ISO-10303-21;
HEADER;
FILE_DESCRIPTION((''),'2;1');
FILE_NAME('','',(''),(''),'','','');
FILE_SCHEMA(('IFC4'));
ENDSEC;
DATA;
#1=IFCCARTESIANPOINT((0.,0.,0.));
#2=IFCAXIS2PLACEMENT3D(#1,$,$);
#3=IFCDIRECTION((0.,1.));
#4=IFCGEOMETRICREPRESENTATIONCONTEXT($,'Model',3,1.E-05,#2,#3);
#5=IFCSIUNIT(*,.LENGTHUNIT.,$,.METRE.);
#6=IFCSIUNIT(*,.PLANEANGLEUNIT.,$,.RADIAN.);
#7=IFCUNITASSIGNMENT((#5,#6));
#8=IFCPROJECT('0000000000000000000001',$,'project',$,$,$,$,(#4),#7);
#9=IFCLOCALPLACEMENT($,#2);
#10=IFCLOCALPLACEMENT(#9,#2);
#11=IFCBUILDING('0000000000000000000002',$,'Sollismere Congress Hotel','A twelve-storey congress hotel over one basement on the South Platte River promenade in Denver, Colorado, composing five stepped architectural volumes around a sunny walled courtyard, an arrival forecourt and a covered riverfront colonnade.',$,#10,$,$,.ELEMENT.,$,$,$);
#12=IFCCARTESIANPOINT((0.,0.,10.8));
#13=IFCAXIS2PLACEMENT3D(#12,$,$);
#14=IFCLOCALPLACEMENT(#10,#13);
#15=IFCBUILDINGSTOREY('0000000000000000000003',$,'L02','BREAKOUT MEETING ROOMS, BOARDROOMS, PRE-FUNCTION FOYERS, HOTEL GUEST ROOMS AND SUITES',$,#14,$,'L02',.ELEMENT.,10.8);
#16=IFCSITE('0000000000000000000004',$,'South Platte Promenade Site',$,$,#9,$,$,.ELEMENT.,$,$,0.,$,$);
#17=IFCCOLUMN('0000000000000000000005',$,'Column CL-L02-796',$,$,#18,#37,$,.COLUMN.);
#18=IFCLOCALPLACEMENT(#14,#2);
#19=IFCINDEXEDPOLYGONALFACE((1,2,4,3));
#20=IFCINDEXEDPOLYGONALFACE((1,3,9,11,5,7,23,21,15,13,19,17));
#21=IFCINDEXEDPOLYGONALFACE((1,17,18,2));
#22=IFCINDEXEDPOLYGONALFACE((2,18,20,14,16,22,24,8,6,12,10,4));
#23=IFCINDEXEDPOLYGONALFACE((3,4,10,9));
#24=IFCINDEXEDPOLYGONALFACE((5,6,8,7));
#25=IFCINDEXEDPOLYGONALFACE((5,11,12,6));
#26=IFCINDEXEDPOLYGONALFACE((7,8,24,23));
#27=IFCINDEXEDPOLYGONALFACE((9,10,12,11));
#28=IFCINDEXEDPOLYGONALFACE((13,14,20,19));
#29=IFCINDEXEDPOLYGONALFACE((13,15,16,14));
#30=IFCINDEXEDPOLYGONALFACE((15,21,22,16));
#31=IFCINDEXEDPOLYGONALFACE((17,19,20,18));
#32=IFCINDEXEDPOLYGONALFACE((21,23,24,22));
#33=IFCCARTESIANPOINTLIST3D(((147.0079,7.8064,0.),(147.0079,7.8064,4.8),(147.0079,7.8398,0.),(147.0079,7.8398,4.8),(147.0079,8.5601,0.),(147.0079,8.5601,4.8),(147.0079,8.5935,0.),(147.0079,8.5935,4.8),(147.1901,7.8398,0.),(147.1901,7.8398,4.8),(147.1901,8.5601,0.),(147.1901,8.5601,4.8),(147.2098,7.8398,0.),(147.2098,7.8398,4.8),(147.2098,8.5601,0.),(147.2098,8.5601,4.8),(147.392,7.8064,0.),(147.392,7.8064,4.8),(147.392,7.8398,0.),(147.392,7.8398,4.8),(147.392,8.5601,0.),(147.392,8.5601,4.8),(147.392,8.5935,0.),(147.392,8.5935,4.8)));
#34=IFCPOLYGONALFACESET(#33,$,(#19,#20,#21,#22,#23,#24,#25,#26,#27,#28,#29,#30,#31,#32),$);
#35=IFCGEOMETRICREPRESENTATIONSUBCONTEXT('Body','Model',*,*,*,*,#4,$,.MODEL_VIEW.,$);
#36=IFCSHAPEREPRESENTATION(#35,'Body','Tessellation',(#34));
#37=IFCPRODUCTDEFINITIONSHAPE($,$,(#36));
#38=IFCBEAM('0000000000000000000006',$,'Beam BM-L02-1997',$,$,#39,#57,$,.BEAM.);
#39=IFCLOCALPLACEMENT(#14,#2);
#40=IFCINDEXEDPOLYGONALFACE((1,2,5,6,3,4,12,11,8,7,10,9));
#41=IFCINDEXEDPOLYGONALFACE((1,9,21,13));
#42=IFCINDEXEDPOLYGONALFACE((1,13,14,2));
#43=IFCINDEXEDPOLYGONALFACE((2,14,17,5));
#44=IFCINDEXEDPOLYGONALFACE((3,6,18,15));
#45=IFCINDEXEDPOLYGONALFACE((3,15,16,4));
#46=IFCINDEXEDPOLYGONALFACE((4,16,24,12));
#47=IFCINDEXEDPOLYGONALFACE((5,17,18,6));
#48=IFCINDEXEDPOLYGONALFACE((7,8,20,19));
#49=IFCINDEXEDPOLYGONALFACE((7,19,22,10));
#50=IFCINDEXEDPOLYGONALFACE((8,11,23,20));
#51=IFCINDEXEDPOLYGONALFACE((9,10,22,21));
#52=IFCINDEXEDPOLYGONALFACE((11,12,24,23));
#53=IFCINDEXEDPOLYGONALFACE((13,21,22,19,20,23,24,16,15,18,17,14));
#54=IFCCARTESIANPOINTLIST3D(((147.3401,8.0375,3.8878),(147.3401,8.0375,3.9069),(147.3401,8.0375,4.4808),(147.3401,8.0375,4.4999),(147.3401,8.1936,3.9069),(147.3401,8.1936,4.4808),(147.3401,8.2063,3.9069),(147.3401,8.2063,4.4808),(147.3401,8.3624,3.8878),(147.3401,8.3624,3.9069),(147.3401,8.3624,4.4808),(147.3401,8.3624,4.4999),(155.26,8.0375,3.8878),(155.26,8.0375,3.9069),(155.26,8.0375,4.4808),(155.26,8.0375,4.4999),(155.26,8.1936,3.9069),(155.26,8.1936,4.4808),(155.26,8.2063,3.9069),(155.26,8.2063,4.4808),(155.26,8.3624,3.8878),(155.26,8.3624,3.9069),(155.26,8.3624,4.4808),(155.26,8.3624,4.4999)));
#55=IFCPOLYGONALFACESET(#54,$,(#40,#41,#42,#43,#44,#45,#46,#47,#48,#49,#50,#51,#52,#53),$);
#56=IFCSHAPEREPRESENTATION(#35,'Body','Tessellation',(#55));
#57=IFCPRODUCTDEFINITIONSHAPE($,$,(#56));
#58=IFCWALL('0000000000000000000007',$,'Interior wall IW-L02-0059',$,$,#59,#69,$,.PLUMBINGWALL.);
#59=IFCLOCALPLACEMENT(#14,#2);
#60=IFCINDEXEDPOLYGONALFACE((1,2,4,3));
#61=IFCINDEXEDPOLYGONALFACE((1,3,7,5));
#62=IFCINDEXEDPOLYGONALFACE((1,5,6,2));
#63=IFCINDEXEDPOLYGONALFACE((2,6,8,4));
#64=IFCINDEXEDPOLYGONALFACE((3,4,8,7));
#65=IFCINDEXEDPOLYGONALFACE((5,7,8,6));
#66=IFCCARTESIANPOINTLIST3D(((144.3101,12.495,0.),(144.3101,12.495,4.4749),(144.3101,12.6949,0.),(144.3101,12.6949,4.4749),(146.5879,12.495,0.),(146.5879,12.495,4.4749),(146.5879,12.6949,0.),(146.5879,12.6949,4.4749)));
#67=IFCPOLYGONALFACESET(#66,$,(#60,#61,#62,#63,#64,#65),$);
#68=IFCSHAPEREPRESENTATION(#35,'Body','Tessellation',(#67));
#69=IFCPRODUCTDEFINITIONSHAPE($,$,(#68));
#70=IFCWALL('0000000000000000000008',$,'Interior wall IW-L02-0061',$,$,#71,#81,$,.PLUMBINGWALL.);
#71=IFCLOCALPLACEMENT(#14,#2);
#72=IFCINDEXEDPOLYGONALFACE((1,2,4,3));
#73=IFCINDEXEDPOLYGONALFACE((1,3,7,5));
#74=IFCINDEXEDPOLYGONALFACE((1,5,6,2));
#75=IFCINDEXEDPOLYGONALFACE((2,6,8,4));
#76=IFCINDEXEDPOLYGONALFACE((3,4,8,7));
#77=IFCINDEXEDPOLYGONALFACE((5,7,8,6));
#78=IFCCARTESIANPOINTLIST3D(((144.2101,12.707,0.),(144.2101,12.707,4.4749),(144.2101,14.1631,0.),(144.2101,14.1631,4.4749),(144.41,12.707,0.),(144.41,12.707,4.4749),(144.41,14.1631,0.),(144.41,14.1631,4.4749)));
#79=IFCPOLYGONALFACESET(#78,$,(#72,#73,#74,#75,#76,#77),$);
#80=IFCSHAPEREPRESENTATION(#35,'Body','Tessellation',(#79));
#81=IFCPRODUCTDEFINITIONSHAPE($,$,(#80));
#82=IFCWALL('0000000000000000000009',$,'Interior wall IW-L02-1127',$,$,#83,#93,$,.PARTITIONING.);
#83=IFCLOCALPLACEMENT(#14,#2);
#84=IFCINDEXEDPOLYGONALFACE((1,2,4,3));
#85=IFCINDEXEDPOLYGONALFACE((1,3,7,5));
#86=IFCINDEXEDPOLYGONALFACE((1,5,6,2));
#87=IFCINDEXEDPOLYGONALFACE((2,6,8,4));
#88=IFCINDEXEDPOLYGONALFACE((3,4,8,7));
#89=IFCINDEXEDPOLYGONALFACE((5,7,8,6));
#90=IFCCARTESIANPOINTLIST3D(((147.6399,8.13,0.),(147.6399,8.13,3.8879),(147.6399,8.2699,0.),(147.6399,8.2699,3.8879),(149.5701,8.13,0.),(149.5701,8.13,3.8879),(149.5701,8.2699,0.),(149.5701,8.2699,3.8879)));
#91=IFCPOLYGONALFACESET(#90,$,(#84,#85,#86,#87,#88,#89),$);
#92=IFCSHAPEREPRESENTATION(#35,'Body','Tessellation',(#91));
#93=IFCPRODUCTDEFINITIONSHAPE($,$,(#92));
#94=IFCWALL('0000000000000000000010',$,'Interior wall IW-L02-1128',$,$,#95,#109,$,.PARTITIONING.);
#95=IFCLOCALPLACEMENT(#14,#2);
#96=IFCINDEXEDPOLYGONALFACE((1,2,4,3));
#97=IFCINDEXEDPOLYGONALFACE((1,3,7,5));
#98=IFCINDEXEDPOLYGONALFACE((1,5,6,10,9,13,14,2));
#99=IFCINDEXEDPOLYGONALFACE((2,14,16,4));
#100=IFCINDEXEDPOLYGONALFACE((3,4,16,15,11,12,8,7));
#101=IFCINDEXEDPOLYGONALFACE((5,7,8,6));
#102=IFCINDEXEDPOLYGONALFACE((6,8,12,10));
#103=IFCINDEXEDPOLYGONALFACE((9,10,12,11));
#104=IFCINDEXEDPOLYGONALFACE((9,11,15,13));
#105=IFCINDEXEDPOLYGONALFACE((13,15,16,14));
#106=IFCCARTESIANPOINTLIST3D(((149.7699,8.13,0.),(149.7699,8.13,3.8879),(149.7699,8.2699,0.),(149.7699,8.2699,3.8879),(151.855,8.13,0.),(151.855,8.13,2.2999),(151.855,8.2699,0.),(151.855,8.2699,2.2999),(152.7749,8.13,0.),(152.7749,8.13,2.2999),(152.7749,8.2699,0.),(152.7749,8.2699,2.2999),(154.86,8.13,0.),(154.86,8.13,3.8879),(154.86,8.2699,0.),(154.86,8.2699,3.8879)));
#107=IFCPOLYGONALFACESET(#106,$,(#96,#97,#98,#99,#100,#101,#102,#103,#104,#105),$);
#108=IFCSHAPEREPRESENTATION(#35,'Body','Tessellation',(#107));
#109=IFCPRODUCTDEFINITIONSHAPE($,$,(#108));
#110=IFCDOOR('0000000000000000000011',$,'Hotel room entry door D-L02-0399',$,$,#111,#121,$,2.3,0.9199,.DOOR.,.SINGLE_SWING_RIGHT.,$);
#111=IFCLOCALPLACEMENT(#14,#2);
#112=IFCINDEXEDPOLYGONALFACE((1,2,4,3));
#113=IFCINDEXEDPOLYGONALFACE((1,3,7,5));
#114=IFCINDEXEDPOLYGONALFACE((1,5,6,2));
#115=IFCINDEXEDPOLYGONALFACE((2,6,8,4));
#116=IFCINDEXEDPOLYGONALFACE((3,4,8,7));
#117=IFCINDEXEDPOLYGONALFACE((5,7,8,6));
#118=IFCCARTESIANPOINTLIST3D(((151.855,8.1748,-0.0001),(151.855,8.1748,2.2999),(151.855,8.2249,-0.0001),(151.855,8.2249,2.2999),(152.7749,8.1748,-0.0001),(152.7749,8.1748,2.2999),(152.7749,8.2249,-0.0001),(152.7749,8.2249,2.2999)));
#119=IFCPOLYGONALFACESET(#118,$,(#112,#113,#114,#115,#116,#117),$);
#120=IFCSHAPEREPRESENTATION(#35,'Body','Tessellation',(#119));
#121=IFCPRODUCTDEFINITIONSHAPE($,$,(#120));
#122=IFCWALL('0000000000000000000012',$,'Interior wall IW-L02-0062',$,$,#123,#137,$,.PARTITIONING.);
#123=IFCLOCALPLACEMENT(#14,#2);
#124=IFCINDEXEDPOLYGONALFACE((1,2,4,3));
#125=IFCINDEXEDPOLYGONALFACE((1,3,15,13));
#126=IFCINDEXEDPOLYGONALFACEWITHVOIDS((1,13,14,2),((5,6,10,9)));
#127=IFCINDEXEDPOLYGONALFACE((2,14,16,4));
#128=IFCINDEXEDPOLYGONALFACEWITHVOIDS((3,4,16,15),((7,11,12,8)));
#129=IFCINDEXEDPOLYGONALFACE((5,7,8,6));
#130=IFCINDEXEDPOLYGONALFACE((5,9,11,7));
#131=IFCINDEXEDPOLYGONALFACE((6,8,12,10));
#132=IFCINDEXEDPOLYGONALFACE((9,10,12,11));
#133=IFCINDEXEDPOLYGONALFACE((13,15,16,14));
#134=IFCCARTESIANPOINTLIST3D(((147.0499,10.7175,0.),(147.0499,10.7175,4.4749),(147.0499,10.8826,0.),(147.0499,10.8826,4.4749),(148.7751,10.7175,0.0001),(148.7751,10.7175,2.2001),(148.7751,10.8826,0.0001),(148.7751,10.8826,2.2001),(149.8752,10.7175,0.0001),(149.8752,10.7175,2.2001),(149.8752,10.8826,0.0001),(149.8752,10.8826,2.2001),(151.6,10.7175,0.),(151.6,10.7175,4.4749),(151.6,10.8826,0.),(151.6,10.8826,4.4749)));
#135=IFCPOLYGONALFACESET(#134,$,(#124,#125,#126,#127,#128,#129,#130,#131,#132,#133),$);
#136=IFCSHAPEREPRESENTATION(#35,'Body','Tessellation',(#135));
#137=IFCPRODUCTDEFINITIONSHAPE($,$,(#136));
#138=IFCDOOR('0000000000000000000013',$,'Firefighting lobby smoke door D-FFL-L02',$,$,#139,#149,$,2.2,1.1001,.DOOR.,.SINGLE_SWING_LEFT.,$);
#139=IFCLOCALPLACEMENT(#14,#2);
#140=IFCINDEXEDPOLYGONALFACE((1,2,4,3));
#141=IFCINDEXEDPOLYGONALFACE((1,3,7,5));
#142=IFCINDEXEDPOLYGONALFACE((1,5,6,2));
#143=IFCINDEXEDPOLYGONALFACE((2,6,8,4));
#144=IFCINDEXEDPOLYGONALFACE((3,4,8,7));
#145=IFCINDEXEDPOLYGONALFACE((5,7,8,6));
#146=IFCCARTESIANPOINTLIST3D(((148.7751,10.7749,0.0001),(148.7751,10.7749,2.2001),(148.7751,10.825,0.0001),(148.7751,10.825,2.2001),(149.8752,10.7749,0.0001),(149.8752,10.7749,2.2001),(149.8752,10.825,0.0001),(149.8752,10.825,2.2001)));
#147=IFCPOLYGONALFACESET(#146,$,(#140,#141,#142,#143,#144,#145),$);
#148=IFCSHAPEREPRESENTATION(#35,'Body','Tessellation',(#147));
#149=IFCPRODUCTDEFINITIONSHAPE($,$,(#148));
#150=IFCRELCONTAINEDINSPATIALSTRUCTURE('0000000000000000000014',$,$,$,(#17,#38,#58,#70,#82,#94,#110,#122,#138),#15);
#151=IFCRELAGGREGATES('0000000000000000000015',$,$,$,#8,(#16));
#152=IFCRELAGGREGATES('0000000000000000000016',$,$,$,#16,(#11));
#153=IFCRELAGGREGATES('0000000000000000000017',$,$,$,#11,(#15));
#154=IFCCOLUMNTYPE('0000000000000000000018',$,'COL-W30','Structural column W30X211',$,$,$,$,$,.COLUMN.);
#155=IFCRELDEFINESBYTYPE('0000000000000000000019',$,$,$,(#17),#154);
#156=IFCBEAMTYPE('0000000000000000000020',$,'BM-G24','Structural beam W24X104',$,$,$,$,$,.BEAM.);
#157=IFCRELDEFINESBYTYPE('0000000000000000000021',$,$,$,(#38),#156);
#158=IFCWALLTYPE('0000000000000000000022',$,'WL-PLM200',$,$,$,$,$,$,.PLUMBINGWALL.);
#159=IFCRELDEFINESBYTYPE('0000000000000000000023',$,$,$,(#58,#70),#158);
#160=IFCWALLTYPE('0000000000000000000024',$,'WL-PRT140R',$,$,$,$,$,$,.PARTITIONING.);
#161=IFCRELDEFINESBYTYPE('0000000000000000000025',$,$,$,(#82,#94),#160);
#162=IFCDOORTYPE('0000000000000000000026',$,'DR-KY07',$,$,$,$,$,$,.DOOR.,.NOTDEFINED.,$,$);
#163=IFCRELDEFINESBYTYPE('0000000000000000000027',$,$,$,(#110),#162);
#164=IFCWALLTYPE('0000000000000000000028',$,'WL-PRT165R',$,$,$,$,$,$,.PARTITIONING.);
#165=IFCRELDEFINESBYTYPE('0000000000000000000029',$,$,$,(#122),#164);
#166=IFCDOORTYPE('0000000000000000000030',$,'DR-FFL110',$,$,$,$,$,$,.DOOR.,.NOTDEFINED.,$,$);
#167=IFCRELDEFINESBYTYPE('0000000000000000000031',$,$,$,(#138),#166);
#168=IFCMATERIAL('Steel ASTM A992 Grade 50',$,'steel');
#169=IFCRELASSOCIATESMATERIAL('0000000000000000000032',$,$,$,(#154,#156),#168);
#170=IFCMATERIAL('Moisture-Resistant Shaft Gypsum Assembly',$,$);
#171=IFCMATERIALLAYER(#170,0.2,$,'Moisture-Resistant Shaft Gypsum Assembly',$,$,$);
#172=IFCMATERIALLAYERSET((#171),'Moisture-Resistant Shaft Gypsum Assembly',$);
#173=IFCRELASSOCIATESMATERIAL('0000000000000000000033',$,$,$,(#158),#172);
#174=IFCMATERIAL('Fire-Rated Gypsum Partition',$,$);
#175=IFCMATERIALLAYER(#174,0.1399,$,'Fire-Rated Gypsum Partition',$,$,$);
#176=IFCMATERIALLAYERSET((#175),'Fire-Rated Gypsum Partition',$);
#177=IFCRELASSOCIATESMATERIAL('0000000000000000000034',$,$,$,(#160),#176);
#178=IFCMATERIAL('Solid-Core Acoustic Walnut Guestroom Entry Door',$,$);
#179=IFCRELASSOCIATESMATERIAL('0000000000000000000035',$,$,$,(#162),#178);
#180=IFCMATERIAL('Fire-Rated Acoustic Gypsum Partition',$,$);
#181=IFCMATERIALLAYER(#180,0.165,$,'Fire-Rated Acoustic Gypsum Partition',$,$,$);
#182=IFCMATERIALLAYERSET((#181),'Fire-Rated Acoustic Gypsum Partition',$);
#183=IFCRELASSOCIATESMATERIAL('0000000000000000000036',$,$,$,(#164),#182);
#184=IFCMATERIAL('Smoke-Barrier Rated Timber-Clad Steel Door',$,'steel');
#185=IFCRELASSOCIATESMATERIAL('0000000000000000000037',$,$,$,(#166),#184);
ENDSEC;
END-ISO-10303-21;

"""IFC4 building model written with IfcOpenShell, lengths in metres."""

from ifc_helpers import new_model, si_unit, direction, frame, frame_2d, origin, origin_2d, place, context, subcontext, project, spatial, rectangle, i_section, extrude, material, layer, layer_set, material_profile, profile_set, type_object, element, fill, save


model = new_model("IFC4")

# Units and contexts
model_context = context("Model", 3, precision=1e-05, world=origin(), true_north=direction((0.0, 1.0)))
body_context = subcontext(model_context, "Body", "Model", "MODEL_VIEW")
ifc_project = project(units=[si_unit("LENGTHUNIT", "METRE"), si_unit("PLANEANGLEUNIT", "RADIAN")], contexts=[model_context])

# Site, building, storey
site_placement = place(None, origin())
site = spatial("IfcSite", under=ifc_project, at=site_placement, Name="South Platte Promenade Site", CompositionType="ELEMENT", RefElevation=0.0)
building_placement = place(site_placement, origin())
building = spatial("IfcBuilding", under=site, at=building_placement, Name="Sollismere Congress Hotel", Description="A twelve-storey congress hotel over one basement on the South Platte River promenade in Denver, Colorado, composing five stepped architectural volumes around a sunny walled courtyard, an arrival forecourt and a covered riverfront colonnade.", CompositionType="ELEMENT")
storey_placement = place(building_placement, frame((0.0, 0.0, 10.8)))
storey = spatial("IfcBuildingStorey", under=building, at=storey_placement, Name="L02", Description="BREAKOUT MEETING ROOMS, BOARDROOMS, PRE-FUNCTION FOYERS, HOTEL GUEST ROOMS AND SUITES", LongName="L02", CompositionType="ELEMENT", Elevation=10.8)

# Column
ifc_material_1 = material(Name="Steel ASTM A992 Grade 50", Category="steel")
ifc_material_profile_1 = material_profile(ifc_material_1, i_section(OverallWidth=0.384, OverallDepth=0.7871, WebThickness=0.0198, FlangeThickness=0.0334, at=origin_2d()), Name="W30X211")
ifc_profile_set_1 = profile_set([ifc_material_profile_1], Name="Steel ASTM A992 Grade 50")
column_type = type_object("IfcColumnType", Name="COL-W30", Description="Structural column W30X211", PredefinedType="COLUMN", material=ifc_profile_set_1)
column_placement = place(storey_placement, frame((147.2, 8.2, 0.0), z_axis=(0.0, 0.0, 1.0), x_axis=(1.0, 0.0, 0.0)))
element("IfcColumn", 1, at=column_placement, inside=storey, type_object=column_type, Name="Column CL-L02-796", PredefinedType="COLUMN", context=body_context, shape_type="SweptSolid", body=[
    extrude(i_section(OverallWidth=0.384, OverallDepth=0.7871, WebThickness=0.0198, FlangeThickness=0.0334, at=origin_2d()), origin(), (0.0, 0.0, 1.0), 4.8),
])

# Beam
ifc_material_profile_2 = material_profile(ifc_material_1, i_section(OverallWidth=0.325, OverallDepth=0.6121, WebThickness=0.0127, FlangeThickness=0.019, at=origin_2d()), Name="W24X104")
ifc_profile_set_2 = profile_set([ifc_material_profile_2], Name="Steel ASTM A992 Grade 50")
beam_type = type_object("IfcBeamType", Name="BM-G24", Description="Structural beam W24X104", PredefinedType="BEAM", material=ifc_profile_set_2)
beam_placement = place(storey_placement, frame((147.3401, 8.2, 4.1938), z_axis=(1.0, 0.0, 0.0), x_axis=(0.0, 1.0, 0.0)))
element("IfcBeam", 2, at=beam_placement, inside=storey, type_object=beam_type, Name="Beam BM-L02-1997", PredefinedType="BEAM", context=body_context, shape_type="SweptSolid", body=[
    extrude(i_section(OverallWidth=0.325, OverallDepth=0.6121, WebThickness=0.0127, FlangeThickness=0.019, at=origin_2d()), origin(), (0.0, 0.0, 1.0), 7.9199),
])

# Walls
ifc_material_2 = material(Name="Moisture-Resistant Shaft Gypsum Assembly")
ifc_layer_1 = layer(ifc_material_2, 0.2, Name="Moisture-Resistant Shaft Gypsum Assembly")
ifc_layer_set_1 = layer_set([ifc_layer_1], Name="Moisture-Resistant Shaft Gypsum Assembly")
wall_type_1 = type_object("IfcWallType", Name="WL-PLM200", PredefinedType="PLUMBINGWALL", material=ifc_layer_set_1)
wall_1_placement = place(storey_placement, frame((144.3101, 12.595, 0.0), z_axis=(0.0, 0.0, 1.0), x_axis=(1.0, 0.0, 0.0)))
element("IfcWall", 3, at=wall_1_placement, inside=storey, type_object=wall_type_1, Name="Interior wall IW-L02-0059", PredefinedType="PLUMBINGWALL", context=body_context, shape_type="SweptSolid", body=[
    extrude(rectangle(XDim=2.2778, YDim=0.2, at=frame_2d((1.1389, 0.0))), origin(), (0.0, 0.0, 1.0), 4.4749),
])
wall_2_placement = place(storey_placement, frame((144.3101, 12.707, 0.0), z_axis=(0.0, 0.0, 1.0), x_axis=(0.0, 1.0, 0.0)))
element("IfcWall", 4, at=wall_2_placement, inside=storey, type_object=wall_type_1, Name="Interior wall IW-L02-0061", PredefinedType="PLUMBINGWALL", context=body_context, shape_type="SweptSolid", body=[
    extrude(rectangle(XDim=1.4561, YDim=0.2, at=frame_2d((0.728, 0.0))), origin(), (0.0, 0.0, 1.0), 4.4749),
])
ifc_material_3 = material(Name="Fire-Rated Gypsum Partition")
ifc_layer_2 = layer(ifc_material_3, 0.1399, Name="Fire-Rated Gypsum Partition")
ifc_layer_set_2 = layer_set([ifc_layer_2], Name="Fire-Rated Gypsum Partition")
wall_type_2 = type_object("IfcWallType", Name="WL-PRT140R", PredefinedType="PARTITIONING", material=ifc_layer_set_2)
wall_3_placement = place(storey_placement, frame((147.6399, 8.2, 0.0), z_axis=(0.0, 0.0, 1.0), x_axis=(1.0, 0.0, 0.0)))
element("IfcWall", 5, at=wall_3_placement, inside=storey, type_object=wall_type_2, Name="Interior wall IW-L02-1127", PredefinedType="PARTITIONING", context=body_context, shape_type="SweptSolid", body=[
    extrude(rectangle(XDim=1.9302, YDim=0.1399, at=frame_2d((0.9651, 0.0))), origin(), (0.0, 0.0, 1.0), 3.8879),
])

# Walls, openings, doors
wall_4_placement = place(storey_placement, frame((149.77, 8.2, 0.0), z_axis=(0.0, 0.0, 1.0), x_axis=(1.0, 0.0, 0.0)))
wall_4 = element("IfcWall", 6, at=wall_4_placement, inside=storey, type_object=wall_type_2, Name="Interior wall IW-L02-1128", PredefinedType="PARTITIONING", context=body_context, shape_type="SweptSolid", body=[
    extrude(rectangle(XDim=5.0901, YDim=0.1399, at=frame_2d((2.5449, 0.0))), origin(), (0.0, 0.0, 1.0), 3.8879),
])
opening_1_placement = place(wall_4_placement, frame((2.085, 0.0, 0.0)))
opening_1 = element("IfcOpeningElement", 7, at=opening_1_placement, cuts=wall_4, PredefinedType="OPENING", context=body_context, shape_type="SweptSolid", body=[
    extrude(rectangle(XDim=0.9199, YDim=2.3, at=frame_2d((0.46, 1.1499))), frame((0.0, 0.0798, 0.0), z_axis=(0.0, -1.0, 0.0), x_axis=(1.0, 0.0, 0.0)), (0.0, 0.0, 1.0), 0.1599),
])
ifc_material_4 = material(Name="Solid-Core Acoustic Walnut Guestroom Entry Door")
door_type_1 = type_object("IfcDoorType", Name="DR-KY07", OperationType="NOTDEFINED", PredefinedType="DOOR", material=ifc_material_4)
door_1_placement = place(opening_1_placement, origin())
door_1 = element("IfcDoor", 8, at=door_1_placement, inside=storey, type_object=door_type_1, Name="Hotel room entry door D-L02-0399", OperationType="SINGLE_SWING_RIGHT", OverallHeight=2.3, OverallWidth=0.9199, PredefinedType="DOOR", context=body_context, shape_type="SweptSolid", body=[
    extrude(rectangle(XDim=0.9199, YDim=2.3, at=frame_2d((0.46, 1.1499))), frame((0.0, 0.0249, 0.0), z_axis=(0.0, -1.0, 0.0), x_axis=(1.0, 0.0, 0.0)), (0.0, 0.0, 1.0), 0.05),
])
fill(opening_1, door_1)
ifc_material_5 = material(Name="Fire-Rated Acoustic Gypsum Partition")
ifc_layer_3 = layer(ifc_material_5, 0.165, Name="Fire-Rated Acoustic Gypsum Partition")
ifc_layer_set_3 = layer_set([ifc_layer_3], Name="Fire-Rated Acoustic Gypsum Partition")
wall_type_3 = type_object("IfcWallType", Name="WL-PRT165R", PredefinedType="PARTITIONING", material=ifc_layer_set_3)
wall_5_placement = place(storey_placement, frame((147.05, 10.8, 0.0), z_axis=(0.0, 0.0, 1.0), x_axis=(1.0, 0.0, 0.0)))
wall_5 = element("IfcWall", 9, at=wall_5_placement, inside=storey, type_object=wall_type_3, Name="Interior wall IW-L02-0062", PredefinedType="PARTITIONING", context=body_context, shape_type="SweptSolid", body=[
    extrude(rectangle(XDim=4.55, YDim=0.165, at=frame_2d((2.2749, 0.0))), origin(), (0.0, 0.0, 1.0), 4.4749),
])
opening_2_placement = place(wall_5_placement, frame((1.7251, 0.0, 0.0)))
opening_2 = element("IfcOpeningElement", 10, at=opening_2_placement, cuts=wall_5, PredefinedType="OPENING", context=body_context, shape_type="SweptSolid", body=[
    extrude(rectangle(XDim=1.1001, YDim=2.2, at=frame_2d((0.55, 1.1001))), frame((0.0, 0.0925, 0.0), z_axis=(0.0, -1.0, 0.0), x_axis=(1.0, 0.0, 0.0)), (0.0, 0.0, 1.0), 0.1851),
])
ifc_material_6 = material(Name="Smoke-Barrier Rated Timber-Clad Steel Door", Category="steel")
door_type_2 = type_object("IfcDoorType", Name="DR-FFL110", OperationType="NOTDEFINED", PredefinedType="DOOR", material=ifc_material_6)
door_2_placement = place(opening_2_placement, origin())
door_2 = element("IfcDoor", 11, at=door_2_placement, inside=storey, type_object=door_type_2, Name="Firefighting lobby smoke door D-FFL-L02", OperationType="SINGLE_SWING_LEFT", OverallHeight=2.2, OverallWidth=1.1001, PredefinedType="DOOR", context=body_context, shape_type="SweptSolid", body=[
    extrude(rectangle(XDim=1.1001, YDim=2.2, at=frame_2d((0.55, 1.1001))), frame((0.0, 0.0249, 0.0), z_axis=(0.0, -1.0, 0.0), x_axis=(1.0, 0.0, 0.0)), (0.0, 0.0, 1.0), 0.05),
])
fill(opening_2, door_2)

save(model, "model.ifc")
